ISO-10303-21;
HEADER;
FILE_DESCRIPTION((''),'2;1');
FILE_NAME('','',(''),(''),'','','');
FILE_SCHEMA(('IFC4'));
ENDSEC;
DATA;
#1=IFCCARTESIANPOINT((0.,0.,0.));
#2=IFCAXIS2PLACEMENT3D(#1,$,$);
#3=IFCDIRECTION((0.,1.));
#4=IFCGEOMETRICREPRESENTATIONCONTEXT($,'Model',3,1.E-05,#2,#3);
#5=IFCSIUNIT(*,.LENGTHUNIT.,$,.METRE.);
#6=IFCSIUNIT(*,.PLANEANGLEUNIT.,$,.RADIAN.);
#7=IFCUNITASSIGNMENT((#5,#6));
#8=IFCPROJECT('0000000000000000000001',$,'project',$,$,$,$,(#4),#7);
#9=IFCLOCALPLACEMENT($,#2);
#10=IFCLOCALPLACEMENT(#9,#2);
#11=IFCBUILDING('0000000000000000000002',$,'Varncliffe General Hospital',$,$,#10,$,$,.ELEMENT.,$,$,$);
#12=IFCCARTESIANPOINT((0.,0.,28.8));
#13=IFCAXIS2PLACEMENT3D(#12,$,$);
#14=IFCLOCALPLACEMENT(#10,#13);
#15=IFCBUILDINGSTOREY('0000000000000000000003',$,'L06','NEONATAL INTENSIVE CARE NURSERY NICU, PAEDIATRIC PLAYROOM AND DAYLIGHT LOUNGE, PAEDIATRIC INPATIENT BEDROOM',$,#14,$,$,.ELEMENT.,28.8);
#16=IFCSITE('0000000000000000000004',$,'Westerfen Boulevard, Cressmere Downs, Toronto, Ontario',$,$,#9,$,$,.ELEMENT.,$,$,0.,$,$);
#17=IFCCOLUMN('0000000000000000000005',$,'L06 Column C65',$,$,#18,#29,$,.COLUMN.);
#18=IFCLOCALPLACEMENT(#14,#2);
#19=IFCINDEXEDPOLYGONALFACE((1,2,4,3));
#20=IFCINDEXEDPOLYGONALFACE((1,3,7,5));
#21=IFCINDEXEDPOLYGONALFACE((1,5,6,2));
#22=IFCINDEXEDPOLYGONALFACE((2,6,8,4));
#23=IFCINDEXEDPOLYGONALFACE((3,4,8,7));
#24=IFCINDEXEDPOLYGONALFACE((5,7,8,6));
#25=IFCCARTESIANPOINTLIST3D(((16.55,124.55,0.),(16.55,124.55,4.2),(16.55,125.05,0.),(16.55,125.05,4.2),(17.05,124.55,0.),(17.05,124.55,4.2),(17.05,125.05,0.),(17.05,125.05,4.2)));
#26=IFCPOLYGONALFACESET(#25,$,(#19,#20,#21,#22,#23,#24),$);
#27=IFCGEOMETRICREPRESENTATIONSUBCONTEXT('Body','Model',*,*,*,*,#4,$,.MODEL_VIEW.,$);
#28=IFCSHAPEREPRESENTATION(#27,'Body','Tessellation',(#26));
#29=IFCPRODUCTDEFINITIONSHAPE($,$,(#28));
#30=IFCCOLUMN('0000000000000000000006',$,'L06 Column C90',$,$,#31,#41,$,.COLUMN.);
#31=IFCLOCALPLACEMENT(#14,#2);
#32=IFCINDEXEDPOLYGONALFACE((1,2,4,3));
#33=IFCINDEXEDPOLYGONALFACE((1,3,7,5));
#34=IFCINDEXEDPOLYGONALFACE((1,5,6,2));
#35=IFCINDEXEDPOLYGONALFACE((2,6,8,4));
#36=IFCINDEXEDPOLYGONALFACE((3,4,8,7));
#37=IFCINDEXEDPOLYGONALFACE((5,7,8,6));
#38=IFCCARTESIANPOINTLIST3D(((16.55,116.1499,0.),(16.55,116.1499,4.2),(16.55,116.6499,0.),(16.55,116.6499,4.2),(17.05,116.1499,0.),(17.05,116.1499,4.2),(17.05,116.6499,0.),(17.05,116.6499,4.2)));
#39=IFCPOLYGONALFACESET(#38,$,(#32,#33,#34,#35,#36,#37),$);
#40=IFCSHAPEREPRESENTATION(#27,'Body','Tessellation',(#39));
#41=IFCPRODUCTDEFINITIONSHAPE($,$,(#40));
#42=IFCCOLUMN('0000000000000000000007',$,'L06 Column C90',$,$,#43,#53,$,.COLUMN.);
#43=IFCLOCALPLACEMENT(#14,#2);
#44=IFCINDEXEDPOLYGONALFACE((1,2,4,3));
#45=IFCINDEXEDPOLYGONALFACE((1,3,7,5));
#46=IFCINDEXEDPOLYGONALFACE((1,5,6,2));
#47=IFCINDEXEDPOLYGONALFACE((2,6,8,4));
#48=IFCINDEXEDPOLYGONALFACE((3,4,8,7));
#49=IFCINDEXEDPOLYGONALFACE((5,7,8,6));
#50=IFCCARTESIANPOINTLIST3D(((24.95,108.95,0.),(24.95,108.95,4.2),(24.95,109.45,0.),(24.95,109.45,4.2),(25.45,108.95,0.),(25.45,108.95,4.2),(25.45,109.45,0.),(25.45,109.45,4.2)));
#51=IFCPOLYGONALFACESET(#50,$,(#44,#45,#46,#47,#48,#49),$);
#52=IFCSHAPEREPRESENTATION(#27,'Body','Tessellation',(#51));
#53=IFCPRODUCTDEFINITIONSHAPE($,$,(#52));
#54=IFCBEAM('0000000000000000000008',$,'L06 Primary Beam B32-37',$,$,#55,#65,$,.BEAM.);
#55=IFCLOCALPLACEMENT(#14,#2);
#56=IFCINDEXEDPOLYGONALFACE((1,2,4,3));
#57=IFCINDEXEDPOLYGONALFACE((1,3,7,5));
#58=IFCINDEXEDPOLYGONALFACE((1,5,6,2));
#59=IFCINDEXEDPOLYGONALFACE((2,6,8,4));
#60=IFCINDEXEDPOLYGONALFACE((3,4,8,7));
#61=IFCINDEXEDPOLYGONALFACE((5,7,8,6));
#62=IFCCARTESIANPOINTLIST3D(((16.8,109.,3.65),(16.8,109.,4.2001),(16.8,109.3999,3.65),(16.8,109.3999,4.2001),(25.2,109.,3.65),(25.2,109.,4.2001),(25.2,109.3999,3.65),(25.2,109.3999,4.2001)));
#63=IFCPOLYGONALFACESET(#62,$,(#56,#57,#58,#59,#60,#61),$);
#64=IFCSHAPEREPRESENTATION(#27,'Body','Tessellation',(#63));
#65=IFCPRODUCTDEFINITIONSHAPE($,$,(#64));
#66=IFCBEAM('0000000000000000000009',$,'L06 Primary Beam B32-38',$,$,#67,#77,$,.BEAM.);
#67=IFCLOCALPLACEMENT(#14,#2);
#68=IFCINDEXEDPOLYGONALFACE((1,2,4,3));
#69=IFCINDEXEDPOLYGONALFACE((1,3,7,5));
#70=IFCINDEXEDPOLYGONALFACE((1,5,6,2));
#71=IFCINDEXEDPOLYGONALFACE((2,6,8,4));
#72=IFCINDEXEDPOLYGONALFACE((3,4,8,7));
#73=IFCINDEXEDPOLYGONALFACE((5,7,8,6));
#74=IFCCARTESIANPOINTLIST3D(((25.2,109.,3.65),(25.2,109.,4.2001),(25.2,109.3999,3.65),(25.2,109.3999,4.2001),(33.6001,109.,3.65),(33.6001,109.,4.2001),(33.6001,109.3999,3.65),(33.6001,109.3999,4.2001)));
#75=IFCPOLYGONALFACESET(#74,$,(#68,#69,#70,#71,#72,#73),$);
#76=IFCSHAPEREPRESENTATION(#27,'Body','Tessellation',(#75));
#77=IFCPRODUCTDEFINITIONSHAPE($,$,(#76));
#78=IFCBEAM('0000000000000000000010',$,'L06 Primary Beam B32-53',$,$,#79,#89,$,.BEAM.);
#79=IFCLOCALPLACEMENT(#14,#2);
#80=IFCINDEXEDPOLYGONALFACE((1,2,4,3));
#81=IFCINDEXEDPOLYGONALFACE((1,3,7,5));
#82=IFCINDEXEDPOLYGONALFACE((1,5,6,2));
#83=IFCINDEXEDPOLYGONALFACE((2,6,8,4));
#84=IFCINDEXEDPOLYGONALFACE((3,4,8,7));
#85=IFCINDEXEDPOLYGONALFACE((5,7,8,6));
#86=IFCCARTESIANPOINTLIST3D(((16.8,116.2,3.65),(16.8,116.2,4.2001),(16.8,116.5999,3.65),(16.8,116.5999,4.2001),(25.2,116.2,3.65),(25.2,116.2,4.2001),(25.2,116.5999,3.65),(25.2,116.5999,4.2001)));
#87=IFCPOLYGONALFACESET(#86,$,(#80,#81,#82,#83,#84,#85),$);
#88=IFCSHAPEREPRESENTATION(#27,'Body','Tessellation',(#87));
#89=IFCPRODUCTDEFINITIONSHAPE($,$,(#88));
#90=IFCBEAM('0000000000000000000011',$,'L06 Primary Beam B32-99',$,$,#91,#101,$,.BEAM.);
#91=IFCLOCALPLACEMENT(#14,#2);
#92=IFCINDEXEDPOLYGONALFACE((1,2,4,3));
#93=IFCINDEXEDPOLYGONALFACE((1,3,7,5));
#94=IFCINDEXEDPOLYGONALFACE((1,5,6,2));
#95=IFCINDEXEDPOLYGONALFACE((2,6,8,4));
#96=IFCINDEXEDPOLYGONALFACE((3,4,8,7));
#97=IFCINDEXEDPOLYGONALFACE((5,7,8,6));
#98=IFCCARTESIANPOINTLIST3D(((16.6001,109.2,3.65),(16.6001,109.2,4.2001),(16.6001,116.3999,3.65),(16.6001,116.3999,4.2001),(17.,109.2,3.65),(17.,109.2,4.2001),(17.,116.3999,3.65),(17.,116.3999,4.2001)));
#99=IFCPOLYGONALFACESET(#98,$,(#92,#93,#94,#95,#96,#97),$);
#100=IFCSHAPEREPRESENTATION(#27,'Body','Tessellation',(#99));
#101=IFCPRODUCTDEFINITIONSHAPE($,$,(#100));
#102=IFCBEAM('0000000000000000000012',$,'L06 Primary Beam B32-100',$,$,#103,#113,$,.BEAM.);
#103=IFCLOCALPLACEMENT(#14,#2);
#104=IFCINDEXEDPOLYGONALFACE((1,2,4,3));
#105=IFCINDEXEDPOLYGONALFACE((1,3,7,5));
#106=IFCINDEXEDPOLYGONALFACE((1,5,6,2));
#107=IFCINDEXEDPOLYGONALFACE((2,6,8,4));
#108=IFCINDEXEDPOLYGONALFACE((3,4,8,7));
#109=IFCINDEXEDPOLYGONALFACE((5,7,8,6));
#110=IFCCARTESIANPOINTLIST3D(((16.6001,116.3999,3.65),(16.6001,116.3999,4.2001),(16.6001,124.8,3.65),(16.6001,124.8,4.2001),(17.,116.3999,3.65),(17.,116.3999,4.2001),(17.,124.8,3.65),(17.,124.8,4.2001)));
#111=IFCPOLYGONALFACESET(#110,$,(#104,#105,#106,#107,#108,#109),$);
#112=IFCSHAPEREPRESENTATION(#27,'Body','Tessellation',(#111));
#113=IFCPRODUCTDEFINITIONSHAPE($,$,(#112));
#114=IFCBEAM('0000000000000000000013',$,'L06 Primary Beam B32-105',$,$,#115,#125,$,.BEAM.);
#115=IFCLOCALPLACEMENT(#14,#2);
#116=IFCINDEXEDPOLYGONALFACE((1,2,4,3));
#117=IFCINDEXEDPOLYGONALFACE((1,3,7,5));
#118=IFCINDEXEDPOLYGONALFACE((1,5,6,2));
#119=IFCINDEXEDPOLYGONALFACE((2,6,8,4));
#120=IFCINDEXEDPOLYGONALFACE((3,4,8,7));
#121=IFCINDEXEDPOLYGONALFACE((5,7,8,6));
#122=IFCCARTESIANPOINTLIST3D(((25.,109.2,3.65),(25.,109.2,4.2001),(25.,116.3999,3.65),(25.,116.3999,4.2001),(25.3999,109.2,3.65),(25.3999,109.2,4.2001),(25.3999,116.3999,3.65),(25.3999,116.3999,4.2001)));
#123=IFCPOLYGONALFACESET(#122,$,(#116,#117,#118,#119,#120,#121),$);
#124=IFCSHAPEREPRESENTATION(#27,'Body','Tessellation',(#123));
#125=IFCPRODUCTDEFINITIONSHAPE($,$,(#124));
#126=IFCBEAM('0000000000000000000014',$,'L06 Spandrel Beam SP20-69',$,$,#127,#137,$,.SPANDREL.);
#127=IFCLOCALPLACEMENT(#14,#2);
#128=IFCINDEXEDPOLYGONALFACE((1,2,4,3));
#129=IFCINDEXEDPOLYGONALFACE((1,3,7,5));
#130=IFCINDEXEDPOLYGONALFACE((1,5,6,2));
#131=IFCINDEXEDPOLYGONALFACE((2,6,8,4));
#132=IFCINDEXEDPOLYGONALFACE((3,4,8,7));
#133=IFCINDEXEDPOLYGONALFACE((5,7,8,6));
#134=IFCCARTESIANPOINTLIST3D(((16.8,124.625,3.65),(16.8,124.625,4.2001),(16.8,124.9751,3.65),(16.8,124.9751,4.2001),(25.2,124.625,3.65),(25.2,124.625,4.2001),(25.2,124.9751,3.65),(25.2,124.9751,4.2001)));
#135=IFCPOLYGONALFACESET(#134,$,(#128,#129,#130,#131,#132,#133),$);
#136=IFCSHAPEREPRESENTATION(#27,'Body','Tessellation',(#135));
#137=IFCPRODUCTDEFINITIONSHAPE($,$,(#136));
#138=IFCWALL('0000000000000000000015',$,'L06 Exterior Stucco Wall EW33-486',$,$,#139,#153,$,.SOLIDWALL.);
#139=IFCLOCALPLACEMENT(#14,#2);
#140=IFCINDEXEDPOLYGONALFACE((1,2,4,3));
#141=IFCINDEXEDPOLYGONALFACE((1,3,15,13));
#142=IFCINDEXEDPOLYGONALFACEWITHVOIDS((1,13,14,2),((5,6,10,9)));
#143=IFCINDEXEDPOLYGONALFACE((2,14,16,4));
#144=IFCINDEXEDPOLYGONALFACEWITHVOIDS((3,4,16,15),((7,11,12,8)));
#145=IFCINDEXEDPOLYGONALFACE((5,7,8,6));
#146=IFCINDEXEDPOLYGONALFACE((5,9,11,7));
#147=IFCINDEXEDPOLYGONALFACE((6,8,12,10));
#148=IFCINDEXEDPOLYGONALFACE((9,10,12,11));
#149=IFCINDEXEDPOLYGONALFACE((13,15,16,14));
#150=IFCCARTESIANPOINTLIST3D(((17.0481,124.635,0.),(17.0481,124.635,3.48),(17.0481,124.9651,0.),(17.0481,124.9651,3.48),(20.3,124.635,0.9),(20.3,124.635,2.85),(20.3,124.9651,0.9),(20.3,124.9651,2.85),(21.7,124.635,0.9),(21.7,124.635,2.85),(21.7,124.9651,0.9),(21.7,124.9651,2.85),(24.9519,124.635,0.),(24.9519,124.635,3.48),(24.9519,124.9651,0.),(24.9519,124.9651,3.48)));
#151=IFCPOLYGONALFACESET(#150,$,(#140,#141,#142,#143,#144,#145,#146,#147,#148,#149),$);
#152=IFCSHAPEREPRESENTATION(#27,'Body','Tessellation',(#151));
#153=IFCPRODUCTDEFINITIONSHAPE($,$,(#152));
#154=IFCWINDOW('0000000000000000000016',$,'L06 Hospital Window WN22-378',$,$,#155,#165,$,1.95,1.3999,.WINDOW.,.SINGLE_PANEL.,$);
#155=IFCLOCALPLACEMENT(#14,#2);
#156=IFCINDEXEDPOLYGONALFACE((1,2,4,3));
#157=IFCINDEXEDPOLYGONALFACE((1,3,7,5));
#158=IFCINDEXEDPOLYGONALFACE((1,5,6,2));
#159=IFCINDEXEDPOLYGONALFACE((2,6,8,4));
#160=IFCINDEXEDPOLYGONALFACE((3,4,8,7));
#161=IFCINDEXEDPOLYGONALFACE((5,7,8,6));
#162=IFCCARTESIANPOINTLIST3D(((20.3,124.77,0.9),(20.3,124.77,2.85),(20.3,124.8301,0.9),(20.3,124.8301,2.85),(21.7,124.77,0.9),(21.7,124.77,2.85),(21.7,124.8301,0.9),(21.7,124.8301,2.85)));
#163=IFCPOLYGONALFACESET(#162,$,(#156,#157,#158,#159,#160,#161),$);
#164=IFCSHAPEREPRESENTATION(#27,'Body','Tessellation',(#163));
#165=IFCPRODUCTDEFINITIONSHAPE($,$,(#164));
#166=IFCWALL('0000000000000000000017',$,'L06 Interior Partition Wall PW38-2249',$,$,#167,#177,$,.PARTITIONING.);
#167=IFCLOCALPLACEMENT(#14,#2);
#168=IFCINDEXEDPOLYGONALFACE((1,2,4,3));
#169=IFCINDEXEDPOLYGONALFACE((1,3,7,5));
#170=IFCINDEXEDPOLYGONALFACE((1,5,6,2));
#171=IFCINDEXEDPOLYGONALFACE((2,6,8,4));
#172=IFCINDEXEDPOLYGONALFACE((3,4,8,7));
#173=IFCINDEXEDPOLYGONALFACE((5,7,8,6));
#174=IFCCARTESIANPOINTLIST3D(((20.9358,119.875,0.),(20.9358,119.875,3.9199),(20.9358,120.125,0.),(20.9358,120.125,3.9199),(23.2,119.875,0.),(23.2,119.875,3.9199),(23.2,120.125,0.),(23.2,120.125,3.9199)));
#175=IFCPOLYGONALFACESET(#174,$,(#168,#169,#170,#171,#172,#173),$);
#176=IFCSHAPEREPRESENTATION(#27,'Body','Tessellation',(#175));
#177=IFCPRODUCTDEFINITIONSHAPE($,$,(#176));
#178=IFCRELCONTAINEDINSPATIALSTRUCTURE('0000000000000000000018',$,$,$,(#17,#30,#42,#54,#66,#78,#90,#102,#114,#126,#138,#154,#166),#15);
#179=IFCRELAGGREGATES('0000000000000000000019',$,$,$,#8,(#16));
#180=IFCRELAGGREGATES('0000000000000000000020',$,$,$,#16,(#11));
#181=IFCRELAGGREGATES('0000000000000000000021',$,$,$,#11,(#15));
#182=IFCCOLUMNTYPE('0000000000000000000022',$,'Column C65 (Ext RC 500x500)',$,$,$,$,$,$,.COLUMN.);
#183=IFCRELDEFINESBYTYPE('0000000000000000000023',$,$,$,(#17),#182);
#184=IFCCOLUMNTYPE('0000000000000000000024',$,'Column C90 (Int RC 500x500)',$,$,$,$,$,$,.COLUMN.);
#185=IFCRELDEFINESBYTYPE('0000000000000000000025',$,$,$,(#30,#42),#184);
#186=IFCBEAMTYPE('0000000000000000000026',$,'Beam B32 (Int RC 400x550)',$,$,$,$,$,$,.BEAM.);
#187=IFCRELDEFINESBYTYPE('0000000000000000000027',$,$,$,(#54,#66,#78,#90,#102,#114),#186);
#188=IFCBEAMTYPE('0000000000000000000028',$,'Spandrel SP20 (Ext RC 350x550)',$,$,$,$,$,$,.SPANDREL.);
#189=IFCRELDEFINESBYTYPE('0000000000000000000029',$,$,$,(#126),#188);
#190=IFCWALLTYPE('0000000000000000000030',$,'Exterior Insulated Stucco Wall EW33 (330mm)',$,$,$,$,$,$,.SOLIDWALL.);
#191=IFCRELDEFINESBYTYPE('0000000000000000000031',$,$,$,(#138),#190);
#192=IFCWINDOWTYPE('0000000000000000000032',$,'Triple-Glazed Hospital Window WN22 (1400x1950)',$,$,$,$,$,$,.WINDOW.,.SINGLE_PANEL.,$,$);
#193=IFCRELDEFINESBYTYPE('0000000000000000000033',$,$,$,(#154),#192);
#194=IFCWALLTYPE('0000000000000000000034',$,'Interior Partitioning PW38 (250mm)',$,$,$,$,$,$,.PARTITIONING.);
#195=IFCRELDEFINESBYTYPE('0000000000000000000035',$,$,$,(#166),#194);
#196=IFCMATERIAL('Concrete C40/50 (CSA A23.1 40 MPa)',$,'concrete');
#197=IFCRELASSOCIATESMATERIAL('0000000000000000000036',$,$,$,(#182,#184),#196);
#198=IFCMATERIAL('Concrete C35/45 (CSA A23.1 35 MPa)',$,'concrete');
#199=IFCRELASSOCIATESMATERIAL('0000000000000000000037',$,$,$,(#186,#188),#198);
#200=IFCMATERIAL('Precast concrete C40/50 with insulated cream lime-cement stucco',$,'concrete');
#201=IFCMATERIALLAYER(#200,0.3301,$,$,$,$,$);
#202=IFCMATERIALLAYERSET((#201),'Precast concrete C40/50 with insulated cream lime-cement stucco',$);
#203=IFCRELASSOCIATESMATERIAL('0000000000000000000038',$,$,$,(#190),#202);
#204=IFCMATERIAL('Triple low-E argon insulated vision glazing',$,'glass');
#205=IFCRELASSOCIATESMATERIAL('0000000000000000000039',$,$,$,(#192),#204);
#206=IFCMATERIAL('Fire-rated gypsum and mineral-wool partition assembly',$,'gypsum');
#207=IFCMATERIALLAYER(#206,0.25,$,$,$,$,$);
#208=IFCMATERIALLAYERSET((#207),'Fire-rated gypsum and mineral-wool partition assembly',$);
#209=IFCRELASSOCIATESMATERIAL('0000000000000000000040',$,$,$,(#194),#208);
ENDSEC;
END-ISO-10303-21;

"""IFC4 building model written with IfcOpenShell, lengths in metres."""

from ifc_helpers import new_model, si_unit, direction, frame, frame_2d, origin, origin_2d, place, context, subcontext, project, spatial, rectangle, extrude, material, layer, layer_set, material_profile, profile_set, type_object, element, fill, save


model = new_model("IFC4")

# Units and contexts
model_context = context("Model", 3, precision=1e-05, world=origin(), true_north=direction((0.0, 1.0)))
body_context = subcontext(model_context, "Body", "Model", "MODEL_VIEW")
ifc_project = project(units=[si_unit("LENGTHUNIT", "METRE"), si_unit("PLANEANGLEUNIT", "RADIAN")], contexts=[model_context])

# Site, building, storey
site_placement = place(None, origin())
site = spatial("IfcSite", under=ifc_project, at=site_placement, Name="Westerfen Boulevard, Cressmere Downs, Toronto, Ontario", CompositionType="ELEMENT", RefElevation=0.0)
building_placement = place(site_placement, origin())
building = spatial("IfcBuilding", under=site, at=building_placement, Name="Varncliffe General Hospital", CompositionType="ELEMENT")
storey_placement = place(building_placement, frame((0.0, 0.0, 28.8)))
storey = spatial("IfcBuildingStorey", under=building, at=storey_placement, Name="L06", Description="NEONATAL INTENSIVE CARE NURSERY NICU, PAEDIATRIC PLAYROOM AND DAYLIGHT LOUNGE, PAEDIATRIC INPATIENT BEDROOM", CompositionType="ELEMENT", Elevation=28.8)

# Columns
ifc_material_1 = material(Name="Concrete C40/50 (CSA A23.1 40 MPa)", Category="concrete")
ifc_material_profile_1 = material_profile(ifc_material_1, rectangle(XDim=0.5, YDim=0.5, at=origin_2d()), Name="RC 500x500")
ifc_profile_set_1 = profile_set([ifc_material_profile_1], Name="Concrete C40/50 (CSA A23.1 40 MPa)")
column_type_1 = type_object("IfcColumnType", Name="Column C65 (Ext RC 500x500)", PredefinedType="COLUMN", material=ifc_profile_set_1)
column_placement = place(storey_placement, frame((16.8, 124.8, 0.0), z_axis=(0.0, 0.0, 1.0), x_axis=(1.0, 0.0, 0.0)))
element("IfcColumn", 1, at=column_placement, inside=storey, type_object=column_type_1, Name="L06 Column C65", PredefinedType="COLUMN", context=body_context, shape_type="SweptSolid", body=[
    extrude(rectangle(XDim=0.5, YDim=0.5, at=origin_2d()), origin(), (0.0, 0.0, 1.0), 4.2),
])
ifc_material_profile_2 = material_profile(ifc_material_1, rectangle(XDim=0.5, YDim=0.5, at=origin_2d()), Name="RC 500x500")
ifc_profile_set_2 = profile_set([ifc_material_profile_2], Name="Concrete C40/50 (CSA A23.1 40 MPa)")
column_type_2 = type_object("IfcColumnType", Name="Column C90 (Int RC 500x500)", PredefinedType="COLUMN", material=ifc_profile_set_2)
for number, where, z_axis, x_axis, name in (
    (2, (16.8, 116.3999, 0.0), (0.0, 0.0, 1.0), (1.0, 0.0, 0.0), "L06 Column C90"),
    (3, (25.2, 109.2, 0.0), (0.0, 0.0, 1.0), (1.0, 0.0, 0.0), "L06 Column C90"),
):
    element("IfcColumn", number, at=place(storey_placement, frame(where, z_axis=z_axis, x_axis=x_axis)), inside=storey, type_object=column_type_2, Name=name, PredefinedType="COLUMN", context=body_context, shape_type="SweptSolid", body=[
        extrude(rectangle(XDim=0.5, YDim=0.5, at=origin_2d()), origin(), (0.0, 0.0, 1.0), 4.2),
    ])

# Beams
ifc_material_2 = material(Name="Concrete C35/45 (CSA A23.1 35 MPa)", Category="concrete")
ifc_material_profile_3 = material_profile(ifc_material_2, rectangle(XDim=0.3999, YDim=0.55, at=origin_2d()), Name="RC 400x550")
ifc_profile_set_3 = profile_set([ifc_material_profile_3], Name="Concrete C35/45 (CSA A23.1 35 MPa)")
beam_type_1 = type_object("IfcBeamType", Name="Beam B32 (Int RC 400x550)", PredefinedType="BEAM", material=ifc_profile_set_3)
beam_1_placement = place(storey_placement, frame((16.8, 109.2, 3.925), z_axis=(1.0, 0.0, 0.0), x_axis=(0.0, 1.0, 0.0)))
element("IfcBeam", 4, at=beam_1_placement, inside=storey, type_object=beam_type_1, Name="L06 Primary Beam B32-37", PredefinedType="BEAM", context=body_context, shape_type="SweptSolid", body=[
    extrude(rectangle(XDim=0.3999, YDim=0.55, at=origin_2d()), origin(), (0.0, 0.0, 1.0), 8.3999),
])
beam_2_placement = place(storey_placement, frame((25.2, 109.2, 3.925), z_axis=(1.0, 0.0, 0.0), x_axis=(0.0, 1.0, 0.0)))
element("IfcBeam", 5, at=beam_2_placement, inside=storey, type_object=beam_type_1, Name="L06 Primary Beam B32-38", PredefinedType="BEAM", context=body_context, shape_type="SweptSolid", body=[
    extrude(rectangle(XDim=0.3999, YDim=0.55, at=origin_2d()), origin(), (0.0, 0.0, 1.0), 8.4001),
])
beam_3_placement = place(storey_placement, frame((16.8, 116.3999, 3.925), z_axis=(1.0, 0.0, 0.0), x_axis=(0.0, 1.0, 0.0)))
element("IfcBeam", 6, at=beam_3_placement, inside=storey, type_object=beam_type_1, Name="L06 Primary Beam B32-53", PredefinedType="BEAM", context=body_context, shape_type="SweptSolid", body=[
    extrude(rectangle(XDim=0.3999, YDim=0.55, at=origin_2d()), origin(), (0.0, 0.0, 1.0), 8.3999),
])
beam_4_placement = place(storey_placement, frame((16.8, 109.2, 3.925), z_axis=(0.0, 1.0, 0.0), x_axis=(-1.0, 0.0, 0.0)))
element("IfcBeam", 7, at=beam_4_placement, inside=storey, type_object=beam_type_1, Name="L06 Primary Beam B32-99", PredefinedType="BEAM", context=body_context, shape_type="SweptSolid", body=[
    extrude(rectangle(XDim=0.3999, YDim=0.55, at=origin_2d()), origin(), (0.0, 0.0, 1.0), 7.2),
])
beam_5_placement = place(storey_placement, frame((16.8, 116.3999, 3.925), z_axis=(0.0, 1.0, 0.0), x_axis=(-1.0, 0.0, 0.0)))
element("IfcBeam", 8, at=beam_5_placement, inside=storey, type_object=beam_type_1, Name="L06 Primary Beam B32-100", PredefinedType="BEAM", context=body_context, shape_type="SweptSolid", body=[
    extrude(rectangle(XDim=0.3999, YDim=0.55, at=origin_2d()), origin(), (0.0, 0.0, 1.0), 8.4001),
])
beam_6_placement = place(storey_placement, frame((25.2, 109.2, 3.925), z_axis=(0.0, 1.0, 0.0), x_axis=(-1.0, 0.0, 0.0)))
element("IfcBeam", 9, at=beam_6_placement, inside=storey, type_object=beam_type_1, Name="L06 Primary Beam B32-105", PredefinedType="BEAM", context=body_context, shape_type="SweptSolid", body=[
    extrude(rectangle(XDim=0.3999, YDim=0.55, at=origin_2d()), origin(), (0.0, 0.0, 1.0), 7.2),
])
ifc_material_profile_4 = material_profile(ifc_material_2, rectangle(XDim=0.3501, YDim=0.55, at=origin_2d()), Name="RC 350x550")
ifc_profile_set_4 = profile_set([ifc_material_profile_4], Name="Concrete C35/45 (CSA A23.1 35 MPa)")
beam_type_2 = type_object("IfcBeamType", Name="Spandrel SP20 (Ext RC 350x550)", PredefinedType="SPANDREL", material=ifc_profile_set_4)
beam_7_placement = place(storey_placement, frame((16.8, 124.8, 3.925), z_axis=(1.0, 0.0, 0.0), x_axis=(0.0, 1.0, 0.0)))
element("IfcBeam", 10, at=beam_7_placement, inside=storey, type_object=beam_type_2, Name="L06 Spandrel Beam SP20-69", PredefinedType="SPANDREL", context=body_context, shape_type="SweptSolid", body=[
    extrude(rectangle(XDim=0.3501, YDim=0.55, at=origin_2d()), origin(), (0.0, 0.0, 1.0), 8.3999),
])

# Wall, opening, window
ifc_material_3 = material(Name="Precast concrete C40/50 with insulated cream lime-cement stucco", Category="concrete")
ifc_layer_1 = layer(ifc_material_3, 0.3301)
ifc_layer_set_1 = layer_set([ifc_layer_1], Name="Precast concrete C40/50 with insulated cream lime-cement stucco")
wall_type_1 = type_object("IfcWallType", Name="Exterior Insulated Stucco Wall EW33 (330mm)", PredefinedType="SOLIDWALL", material=ifc_layer_set_1)
wall_1_placement = place(storey_placement, frame((17.0481, 124.8, 0.0), z_axis=(0.0, 0.0, 1.0), x_axis=(1.0, 0.0, 0.0)))
wall_1 = element("IfcWall", 11, at=wall_1_placement, inside=storey, type_object=wall_type_1, Name="L06 Exterior Stucco Wall EW33-486", PredefinedType="SOLIDWALL", context=body_context, shape_type="SweptSolid", body=[
    extrude(rectangle(XDim=7.9038, YDim=0.3301, at=frame_2d((3.9519, 0.0))), origin(), (0.0, 0.0, 1.0), 3.48),
])
opening_1_placement = place(wall_1_placement, frame((3.252, 0.0, 0.8999)))
opening_1 = element("IfcOpeningElement", 12, at=opening_1_placement, cuts=wall_1, PredefinedType="OPENING", context=body_context, shape_type="SweptSolid", body=[
    extrude(rectangle(XDim=1.3999, YDim=1.95, at=frame_2d((0.7, 0.9751))), frame((0.0, 0.175, 0.0), z_axis=(0.0, -1.0, 0.0), x_axis=(1.0, 0.0, 0.0)), (0.0, 0.0, 1.0), 0.3501),
])
ifc_material_4 = material(Name="Triple low-E argon insulated vision glazing", Category="glass")
window_type = type_object("IfcWindowType", Name="Triple-Glazed Hospital Window WN22 (1400x1950)", PartitioningType="SINGLE_PANEL", PredefinedType="WINDOW", material=ifc_material_4)
window_placement = place(opening_1_placement, origin())
window = element("IfcWindow", 13, at=window_placement, inside=storey, type_object=window_type, Name="L06 Hospital Window WN22-378", OverallHeight=1.95, OverallWidth=1.3999, PartitioningType="SINGLE_PANEL", PredefinedType="WINDOW", context=body_context, shape_type="SweptSolid", body=[
    extrude(rectangle(XDim=1.3999, YDim=1.95, at=frame_2d((0.7, 0.9751))), frame((0.0, 0.03, 0.0), z_axis=(0.0, -1.0, 0.0), x_axis=(1.0, 0.0, 0.0)), (0.0, 0.0, 1.0), 0.0601),
])
fill(opening_1, window)

# Wall
ifc_material_5 = material(Name="Fire-rated gypsum and mineral-wool partition assembly", Category="gypsum")
ifc_layer_2 = layer(ifc_material_5, 0.25)
ifc_layer_set_2 = layer_set([ifc_layer_2], Name="Fire-rated gypsum and mineral-wool partition assembly")
wall_type_2 = type_object("IfcWallType", Name="Interior Partitioning PW38 (250mm)", PredefinedType="PARTITIONING", material=ifc_layer_set_2)
wall_2_placement = place(storey_placement, frame((20.9358, 120.0, 0.0), z_axis=(0.0, 0.0, 1.0), x_axis=(1.0, 0.0, 0.0)))
element("IfcWall", 14, at=wall_2_placement, inside=storey, type_object=wall_type_2, Name="L06 Interior Partition Wall PW38-2249", PredefinedType="PARTITIONING", context=body_context, shape_type="SweptSolid", body=[
    extrude(rectangle(XDim=2.2642, YDim=0.25, at=frame_2d((1.1321, 0.0))), origin(), (0.0, 0.0, 1.0), 3.9199),
])

save(model, "model.ifc")
